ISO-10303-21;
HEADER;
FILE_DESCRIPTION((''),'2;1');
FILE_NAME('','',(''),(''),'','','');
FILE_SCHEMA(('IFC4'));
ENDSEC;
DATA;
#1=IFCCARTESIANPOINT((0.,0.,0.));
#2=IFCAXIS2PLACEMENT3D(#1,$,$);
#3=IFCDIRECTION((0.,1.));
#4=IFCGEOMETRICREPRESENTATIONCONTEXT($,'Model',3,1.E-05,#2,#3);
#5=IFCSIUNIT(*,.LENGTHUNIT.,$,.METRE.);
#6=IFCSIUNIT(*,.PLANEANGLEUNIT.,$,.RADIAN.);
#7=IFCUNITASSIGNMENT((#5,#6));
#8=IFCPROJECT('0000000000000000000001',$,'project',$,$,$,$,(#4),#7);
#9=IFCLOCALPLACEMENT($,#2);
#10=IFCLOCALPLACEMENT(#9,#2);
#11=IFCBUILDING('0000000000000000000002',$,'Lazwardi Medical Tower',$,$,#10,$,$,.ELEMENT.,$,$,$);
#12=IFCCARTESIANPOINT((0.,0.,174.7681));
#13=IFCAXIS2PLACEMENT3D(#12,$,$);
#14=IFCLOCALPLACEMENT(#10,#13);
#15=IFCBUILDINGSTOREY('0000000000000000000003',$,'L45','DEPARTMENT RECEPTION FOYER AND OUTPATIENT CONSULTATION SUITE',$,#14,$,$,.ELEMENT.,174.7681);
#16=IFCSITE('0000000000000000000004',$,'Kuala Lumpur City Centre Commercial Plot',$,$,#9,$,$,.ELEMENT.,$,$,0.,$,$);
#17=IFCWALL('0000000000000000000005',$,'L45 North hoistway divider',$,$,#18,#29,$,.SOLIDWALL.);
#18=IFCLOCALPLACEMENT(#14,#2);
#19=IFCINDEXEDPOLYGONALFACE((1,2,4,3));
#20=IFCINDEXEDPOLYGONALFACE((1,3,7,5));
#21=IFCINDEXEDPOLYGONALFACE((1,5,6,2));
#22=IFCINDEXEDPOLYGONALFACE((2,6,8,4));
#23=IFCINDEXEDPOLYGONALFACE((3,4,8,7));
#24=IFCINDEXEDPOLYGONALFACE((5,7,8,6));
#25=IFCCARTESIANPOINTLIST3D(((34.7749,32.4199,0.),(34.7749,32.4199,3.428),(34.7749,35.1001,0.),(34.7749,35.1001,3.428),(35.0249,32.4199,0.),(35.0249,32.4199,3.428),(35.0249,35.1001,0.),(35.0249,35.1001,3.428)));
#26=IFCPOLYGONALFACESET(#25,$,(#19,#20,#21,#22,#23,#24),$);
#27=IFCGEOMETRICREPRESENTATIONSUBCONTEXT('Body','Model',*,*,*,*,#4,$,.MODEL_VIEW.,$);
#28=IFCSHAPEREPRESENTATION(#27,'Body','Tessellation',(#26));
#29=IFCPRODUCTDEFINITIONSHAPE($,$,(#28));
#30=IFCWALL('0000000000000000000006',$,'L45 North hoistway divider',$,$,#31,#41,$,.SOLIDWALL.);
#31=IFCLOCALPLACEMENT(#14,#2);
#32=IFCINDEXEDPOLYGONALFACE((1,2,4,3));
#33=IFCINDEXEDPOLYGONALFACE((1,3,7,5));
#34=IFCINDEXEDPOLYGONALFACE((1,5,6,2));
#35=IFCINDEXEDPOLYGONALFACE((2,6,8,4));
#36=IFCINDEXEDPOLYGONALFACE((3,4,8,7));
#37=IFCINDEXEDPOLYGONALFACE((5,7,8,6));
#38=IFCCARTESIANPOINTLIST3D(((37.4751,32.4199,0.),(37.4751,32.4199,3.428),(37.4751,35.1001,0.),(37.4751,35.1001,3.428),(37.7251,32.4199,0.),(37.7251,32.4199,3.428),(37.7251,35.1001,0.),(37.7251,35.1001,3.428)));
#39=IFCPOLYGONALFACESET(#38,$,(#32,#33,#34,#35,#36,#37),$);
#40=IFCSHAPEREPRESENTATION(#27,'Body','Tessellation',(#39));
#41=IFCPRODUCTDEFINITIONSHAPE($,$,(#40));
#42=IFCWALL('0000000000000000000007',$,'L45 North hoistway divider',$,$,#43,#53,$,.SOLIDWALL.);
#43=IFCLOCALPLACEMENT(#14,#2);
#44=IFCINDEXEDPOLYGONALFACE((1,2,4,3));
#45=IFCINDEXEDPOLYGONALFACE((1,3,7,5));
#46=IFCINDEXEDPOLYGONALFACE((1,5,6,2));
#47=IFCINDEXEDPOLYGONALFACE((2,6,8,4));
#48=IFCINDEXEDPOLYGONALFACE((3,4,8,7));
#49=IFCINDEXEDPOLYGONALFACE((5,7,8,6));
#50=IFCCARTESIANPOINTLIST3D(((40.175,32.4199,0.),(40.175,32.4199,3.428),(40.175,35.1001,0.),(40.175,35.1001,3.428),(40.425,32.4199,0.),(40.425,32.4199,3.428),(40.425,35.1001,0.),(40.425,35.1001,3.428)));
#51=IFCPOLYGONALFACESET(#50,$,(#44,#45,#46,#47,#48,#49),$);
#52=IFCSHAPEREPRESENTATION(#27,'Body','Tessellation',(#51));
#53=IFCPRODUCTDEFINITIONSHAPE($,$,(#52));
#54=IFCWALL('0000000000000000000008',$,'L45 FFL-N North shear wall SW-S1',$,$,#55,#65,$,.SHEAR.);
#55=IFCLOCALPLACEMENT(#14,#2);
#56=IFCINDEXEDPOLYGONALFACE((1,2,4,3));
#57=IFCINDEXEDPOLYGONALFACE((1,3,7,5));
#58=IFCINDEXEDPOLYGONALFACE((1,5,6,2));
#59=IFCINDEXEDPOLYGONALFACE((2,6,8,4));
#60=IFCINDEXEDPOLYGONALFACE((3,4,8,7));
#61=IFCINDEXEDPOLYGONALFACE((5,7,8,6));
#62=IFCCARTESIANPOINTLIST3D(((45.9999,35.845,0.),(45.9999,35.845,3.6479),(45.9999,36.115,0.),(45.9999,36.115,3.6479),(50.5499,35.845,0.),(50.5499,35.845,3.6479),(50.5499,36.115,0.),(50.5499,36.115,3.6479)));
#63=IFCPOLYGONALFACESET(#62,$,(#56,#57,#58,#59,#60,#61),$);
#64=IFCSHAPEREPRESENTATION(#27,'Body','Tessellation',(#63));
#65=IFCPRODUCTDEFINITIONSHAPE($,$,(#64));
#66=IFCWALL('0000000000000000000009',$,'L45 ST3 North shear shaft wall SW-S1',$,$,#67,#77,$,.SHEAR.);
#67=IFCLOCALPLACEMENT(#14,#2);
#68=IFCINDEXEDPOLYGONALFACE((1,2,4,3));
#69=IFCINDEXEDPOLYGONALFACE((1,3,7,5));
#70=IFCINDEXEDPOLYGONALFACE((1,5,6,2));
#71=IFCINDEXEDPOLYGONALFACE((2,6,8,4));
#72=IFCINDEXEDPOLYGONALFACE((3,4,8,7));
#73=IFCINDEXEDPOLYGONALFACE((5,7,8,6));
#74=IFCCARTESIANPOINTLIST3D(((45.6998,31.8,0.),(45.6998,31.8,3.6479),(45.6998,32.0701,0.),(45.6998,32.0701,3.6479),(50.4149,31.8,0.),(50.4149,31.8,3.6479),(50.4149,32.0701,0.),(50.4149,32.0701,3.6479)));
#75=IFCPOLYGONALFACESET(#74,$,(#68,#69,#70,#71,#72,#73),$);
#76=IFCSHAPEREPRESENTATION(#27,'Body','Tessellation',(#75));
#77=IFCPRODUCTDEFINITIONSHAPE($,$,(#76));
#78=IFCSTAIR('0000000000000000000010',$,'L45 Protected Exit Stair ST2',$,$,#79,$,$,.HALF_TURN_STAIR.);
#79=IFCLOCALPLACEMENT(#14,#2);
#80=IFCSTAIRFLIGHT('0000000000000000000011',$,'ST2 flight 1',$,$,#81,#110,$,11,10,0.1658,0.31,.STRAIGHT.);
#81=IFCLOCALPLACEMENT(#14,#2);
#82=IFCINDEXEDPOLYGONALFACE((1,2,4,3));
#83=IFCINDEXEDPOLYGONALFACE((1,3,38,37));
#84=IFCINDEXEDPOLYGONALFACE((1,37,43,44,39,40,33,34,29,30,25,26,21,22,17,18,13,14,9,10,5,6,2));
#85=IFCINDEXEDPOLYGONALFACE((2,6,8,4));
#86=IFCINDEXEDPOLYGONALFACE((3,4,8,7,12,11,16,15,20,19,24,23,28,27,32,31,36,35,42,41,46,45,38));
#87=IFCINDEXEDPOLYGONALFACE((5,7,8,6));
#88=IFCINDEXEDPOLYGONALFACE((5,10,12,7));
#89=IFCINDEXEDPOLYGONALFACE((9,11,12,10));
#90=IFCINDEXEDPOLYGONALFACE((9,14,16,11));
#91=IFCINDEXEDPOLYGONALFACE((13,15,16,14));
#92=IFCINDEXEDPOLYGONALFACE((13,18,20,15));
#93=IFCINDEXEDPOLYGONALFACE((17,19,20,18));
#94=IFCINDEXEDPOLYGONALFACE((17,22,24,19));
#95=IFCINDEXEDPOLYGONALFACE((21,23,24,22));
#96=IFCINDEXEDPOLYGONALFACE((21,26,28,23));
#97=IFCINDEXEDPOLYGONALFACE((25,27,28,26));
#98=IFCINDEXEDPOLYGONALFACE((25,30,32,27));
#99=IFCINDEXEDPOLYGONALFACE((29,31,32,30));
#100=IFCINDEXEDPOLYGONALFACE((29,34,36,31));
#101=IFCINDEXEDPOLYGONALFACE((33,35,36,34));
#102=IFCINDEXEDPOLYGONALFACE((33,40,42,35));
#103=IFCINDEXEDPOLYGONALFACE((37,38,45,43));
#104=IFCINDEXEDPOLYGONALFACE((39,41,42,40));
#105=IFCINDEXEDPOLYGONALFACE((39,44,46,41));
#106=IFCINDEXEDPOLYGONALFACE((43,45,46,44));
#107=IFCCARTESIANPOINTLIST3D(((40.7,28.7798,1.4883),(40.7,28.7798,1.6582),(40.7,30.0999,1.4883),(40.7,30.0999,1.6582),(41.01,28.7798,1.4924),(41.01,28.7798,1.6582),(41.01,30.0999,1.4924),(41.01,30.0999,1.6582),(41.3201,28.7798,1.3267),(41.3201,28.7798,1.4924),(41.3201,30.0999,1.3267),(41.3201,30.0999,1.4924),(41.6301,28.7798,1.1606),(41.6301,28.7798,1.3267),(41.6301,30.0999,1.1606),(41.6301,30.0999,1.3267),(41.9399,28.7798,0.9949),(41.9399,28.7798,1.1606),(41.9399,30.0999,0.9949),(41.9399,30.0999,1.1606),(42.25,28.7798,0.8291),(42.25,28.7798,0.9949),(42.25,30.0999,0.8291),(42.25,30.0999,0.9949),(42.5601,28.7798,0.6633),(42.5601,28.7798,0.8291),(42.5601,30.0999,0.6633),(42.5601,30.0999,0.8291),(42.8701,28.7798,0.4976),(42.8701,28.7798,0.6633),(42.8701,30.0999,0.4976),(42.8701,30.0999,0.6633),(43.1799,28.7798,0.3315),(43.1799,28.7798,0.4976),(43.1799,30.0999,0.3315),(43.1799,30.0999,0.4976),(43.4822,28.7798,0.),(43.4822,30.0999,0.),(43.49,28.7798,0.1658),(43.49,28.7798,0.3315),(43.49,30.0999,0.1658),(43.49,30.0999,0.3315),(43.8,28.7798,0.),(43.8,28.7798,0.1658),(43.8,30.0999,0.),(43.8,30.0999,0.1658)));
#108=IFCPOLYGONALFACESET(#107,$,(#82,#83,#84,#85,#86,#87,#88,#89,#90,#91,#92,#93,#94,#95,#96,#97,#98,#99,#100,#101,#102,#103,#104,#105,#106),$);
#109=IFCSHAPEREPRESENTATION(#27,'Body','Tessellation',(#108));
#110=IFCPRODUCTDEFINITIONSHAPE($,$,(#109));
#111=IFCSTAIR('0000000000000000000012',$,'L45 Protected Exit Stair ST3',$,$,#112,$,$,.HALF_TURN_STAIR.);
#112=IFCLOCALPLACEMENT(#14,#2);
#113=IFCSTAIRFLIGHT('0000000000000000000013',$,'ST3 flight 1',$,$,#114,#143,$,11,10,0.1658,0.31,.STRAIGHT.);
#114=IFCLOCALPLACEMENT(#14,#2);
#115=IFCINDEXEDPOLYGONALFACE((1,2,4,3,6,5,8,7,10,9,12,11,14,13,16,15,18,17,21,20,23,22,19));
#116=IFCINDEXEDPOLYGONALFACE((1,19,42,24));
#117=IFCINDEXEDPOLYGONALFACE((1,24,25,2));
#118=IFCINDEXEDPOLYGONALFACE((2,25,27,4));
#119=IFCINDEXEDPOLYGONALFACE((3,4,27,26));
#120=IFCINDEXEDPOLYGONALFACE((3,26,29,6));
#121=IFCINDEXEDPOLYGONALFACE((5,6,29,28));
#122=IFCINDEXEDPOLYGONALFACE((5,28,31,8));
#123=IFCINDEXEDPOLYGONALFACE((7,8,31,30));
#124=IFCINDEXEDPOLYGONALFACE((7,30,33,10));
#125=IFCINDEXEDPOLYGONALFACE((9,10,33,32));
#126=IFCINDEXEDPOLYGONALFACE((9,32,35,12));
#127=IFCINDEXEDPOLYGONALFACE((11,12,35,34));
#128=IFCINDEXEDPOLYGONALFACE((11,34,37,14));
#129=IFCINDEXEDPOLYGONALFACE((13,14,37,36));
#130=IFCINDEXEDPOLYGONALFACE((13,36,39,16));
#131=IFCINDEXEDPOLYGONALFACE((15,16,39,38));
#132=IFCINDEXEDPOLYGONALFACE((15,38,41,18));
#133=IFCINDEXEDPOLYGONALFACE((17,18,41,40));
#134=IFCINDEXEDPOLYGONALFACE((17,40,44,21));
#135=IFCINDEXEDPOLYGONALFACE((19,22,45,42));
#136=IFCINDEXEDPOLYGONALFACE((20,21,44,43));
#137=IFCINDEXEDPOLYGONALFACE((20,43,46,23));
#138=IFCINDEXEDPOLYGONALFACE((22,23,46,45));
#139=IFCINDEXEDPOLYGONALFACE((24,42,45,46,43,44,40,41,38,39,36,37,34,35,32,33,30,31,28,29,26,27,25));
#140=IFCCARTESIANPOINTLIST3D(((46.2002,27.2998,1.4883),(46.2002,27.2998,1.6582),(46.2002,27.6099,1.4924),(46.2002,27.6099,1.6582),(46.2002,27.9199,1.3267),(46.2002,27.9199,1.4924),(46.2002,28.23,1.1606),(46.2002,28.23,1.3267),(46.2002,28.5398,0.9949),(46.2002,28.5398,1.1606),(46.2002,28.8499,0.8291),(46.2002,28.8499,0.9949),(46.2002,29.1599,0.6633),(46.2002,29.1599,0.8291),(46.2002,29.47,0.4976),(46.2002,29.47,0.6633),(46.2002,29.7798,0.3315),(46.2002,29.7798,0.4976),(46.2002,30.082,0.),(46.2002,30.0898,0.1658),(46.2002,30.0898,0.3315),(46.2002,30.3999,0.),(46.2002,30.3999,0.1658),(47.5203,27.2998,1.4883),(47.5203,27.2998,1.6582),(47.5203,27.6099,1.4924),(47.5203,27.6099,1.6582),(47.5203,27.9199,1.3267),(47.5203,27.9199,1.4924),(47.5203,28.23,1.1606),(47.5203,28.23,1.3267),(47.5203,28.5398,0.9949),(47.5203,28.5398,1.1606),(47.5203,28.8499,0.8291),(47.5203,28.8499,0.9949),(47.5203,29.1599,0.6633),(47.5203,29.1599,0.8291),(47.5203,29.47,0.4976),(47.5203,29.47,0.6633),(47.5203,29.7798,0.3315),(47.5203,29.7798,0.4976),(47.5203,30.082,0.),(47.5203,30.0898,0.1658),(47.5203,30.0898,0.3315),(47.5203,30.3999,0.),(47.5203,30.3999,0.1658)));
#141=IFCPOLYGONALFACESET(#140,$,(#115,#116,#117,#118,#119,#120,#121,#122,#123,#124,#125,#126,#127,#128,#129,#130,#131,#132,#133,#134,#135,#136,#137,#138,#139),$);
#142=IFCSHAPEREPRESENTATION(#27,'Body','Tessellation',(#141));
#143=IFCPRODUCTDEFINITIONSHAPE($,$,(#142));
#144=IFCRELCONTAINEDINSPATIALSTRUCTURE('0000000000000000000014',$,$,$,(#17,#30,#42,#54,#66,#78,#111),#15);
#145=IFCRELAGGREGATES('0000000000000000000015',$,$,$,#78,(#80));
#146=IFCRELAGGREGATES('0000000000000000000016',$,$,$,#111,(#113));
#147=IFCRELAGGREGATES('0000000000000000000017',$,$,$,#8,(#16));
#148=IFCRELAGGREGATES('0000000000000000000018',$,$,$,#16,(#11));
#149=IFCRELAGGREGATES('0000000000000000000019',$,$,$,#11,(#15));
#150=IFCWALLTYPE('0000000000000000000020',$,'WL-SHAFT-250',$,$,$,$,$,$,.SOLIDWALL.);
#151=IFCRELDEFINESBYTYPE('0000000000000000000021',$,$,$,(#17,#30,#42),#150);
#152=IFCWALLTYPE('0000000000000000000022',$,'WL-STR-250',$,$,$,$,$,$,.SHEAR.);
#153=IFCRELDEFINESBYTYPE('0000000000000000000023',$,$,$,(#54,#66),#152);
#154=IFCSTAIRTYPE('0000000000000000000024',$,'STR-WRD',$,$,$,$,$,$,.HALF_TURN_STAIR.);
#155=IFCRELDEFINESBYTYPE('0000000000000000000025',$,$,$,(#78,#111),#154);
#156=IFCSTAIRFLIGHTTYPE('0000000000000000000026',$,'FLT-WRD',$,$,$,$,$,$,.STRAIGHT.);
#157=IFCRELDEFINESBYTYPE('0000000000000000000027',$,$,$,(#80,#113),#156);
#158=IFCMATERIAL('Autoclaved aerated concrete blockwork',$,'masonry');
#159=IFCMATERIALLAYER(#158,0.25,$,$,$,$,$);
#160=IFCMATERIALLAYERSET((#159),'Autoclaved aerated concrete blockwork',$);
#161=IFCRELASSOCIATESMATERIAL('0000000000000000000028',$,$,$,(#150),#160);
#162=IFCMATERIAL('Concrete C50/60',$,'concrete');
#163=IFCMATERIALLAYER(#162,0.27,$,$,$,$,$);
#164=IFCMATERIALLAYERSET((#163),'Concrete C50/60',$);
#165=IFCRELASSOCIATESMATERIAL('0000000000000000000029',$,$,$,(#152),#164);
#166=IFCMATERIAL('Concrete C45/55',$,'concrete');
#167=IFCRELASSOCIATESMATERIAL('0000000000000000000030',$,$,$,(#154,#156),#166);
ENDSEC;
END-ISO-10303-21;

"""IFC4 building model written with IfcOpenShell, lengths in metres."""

from ifc_helpers import new_model, si_unit, direction, frame, frame_2d, origin, place, context, subcontext, project, spatial, polyline, rectangle, outline, extrude, material, layer, layer_set, type_object, element, aggregate, save


model = new_model("IFC4")

# Units and contexts
model_context = context("Model", 3, precision=1e-05, world=origin(), true_north=direction((0.0, 1.0)))
body_context = subcontext(model_context, "Body", "Model", "MODEL_VIEW")
ifc_project = project(units=[si_unit("LENGTHUNIT", "METRE"), si_unit("PLANEANGLEUNIT", "RADIAN")], contexts=[model_context])

# Site, building, storey
site_placement = place(None, origin())
site = spatial("IfcSite", under=ifc_project, at=site_placement, Name="Kuala Lumpur City Centre Commercial Plot", CompositionType="ELEMENT", RefElevation=0.0)
building_placement = place(site_placement, origin())
building = spatial("IfcBuilding", under=site, at=building_placement, Name="Lazwardi Medical Tower", CompositionType="ELEMENT")
storey_placement = place(building_placement, frame((0.0, 0.0, 174.7681)))
storey = spatial("IfcBuildingStorey", under=building, at=storey_placement, Name="L45", Description="DEPARTMENT RECEPTION FOYER AND OUTPATIENT CONSULTATION SUITE", CompositionType="ELEMENT", Elevation=174.7681)

# Walls
ifc_material_1 = material(Name="Autoclaved aerated concrete blockwork", Category="masonry")
ifc_layer_1 = layer(ifc_material_1, 0.25)
ifc_layer_set_1 = layer_set([ifc_layer_1], Name="Autoclaved aerated concrete blockwork")
wall_type_1 = type_object("IfcWallType", Name="WL-SHAFT-250", PredefinedType="SOLIDWALL", material=ifc_layer_set_1)
for number, where, z_axis, x_axis, name in (
    (1, (34.8999, 32.4199, 0.0), (0.0, 0.0, 1.0), (0.0, 1.0, 0.0), "L45 North hoistway divider"),
    (2, (37.6001, 32.4199, 0.0), (0.0, 0.0, 1.0), (0.0, 1.0, 0.0), "L45 North hoistway divider"),
    (3, (40.3, 32.4199, 0.0), (0.0, 0.0, 1.0), (0.0, 1.0, 0.0), "L45 North hoistway divider"),
):
    element("IfcWall", number, at=place(storey_placement, frame(where, z_axis=z_axis, x_axis=x_axis)), inside=storey, type_object=wall_type_1, Name=name, PredefinedType="SOLIDWALL", context=body_context, shape_type="SweptSolid", body=[
        extrude(rectangle(XDim=2.6802, YDim=0.25, at=frame_2d((1.3401, 0.0))), origin(), (0.0, 0.0, 1.0), 3.428),
    ])

# Shared definitions
ifc_material_2 = material(Name="Concrete C50/60", Category="concrete")
ifc_layer_2 = layer(ifc_material_2, 0.27)
ifc_layer_set_2 = layer_set([ifc_layer_2], Name="Concrete C50/60")
wall_type_2 = type_object("IfcWallType", Name="WL-STR-250", PredefinedType="SHEAR", material=ifc_layer_set_2)

# Walls
wall_1_placement = place(storey_placement, frame((46.0, 35.98, 0.0), z_axis=(0.0, 0.0, 1.0), x_axis=(1.0, 0.0, 0.0)))
element("IfcWall", 4, at=wall_1_placement, inside=storey, type_object=wall_type_2, Name="L45 FFL-N North shear wall SW-S1", PredefinedType="SHEAR", context=body_context, shape_type="SweptSolid", body=[
    extrude(rectangle(XDim=4.55, YDim=0.27, at=frame_2d((2.2749, 0.0))), origin(), (0.0, 0.0, 1.0), 3.6479),
])
wall_2_placement = place(storey_placement, frame((45.7, 31.9351, 0.0), z_axis=(0.0, 0.0, 1.0), x_axis=(1.0, 0.0, 0.0)))
element("IfcWall", 5, at=wall_2_placement, inside=storey, type_object=wall_type_2, Name="L45 ST3 North shear shaft wall SW-S1", PredefinedType="SHEAR", context=body_context, shape_type="SweptSolid", body=[
    extrude(rectangle(XDim=4.7151, YDim=0.27, at=frame_2d((2.3574, 0.0))), origin(), (0.0, 0.0, 1.0), 3.6479),
])

# Stairs, stair flights
ifc_material_3 = material(Name="Concrete C45/55", Category="concrete")
stair_type = type_object("IfcStairType", Name="STR-WRD", PredefinedType="HALF_TURN_STAIR", material=ifc_material_3)
stair_1_placement = place(storey_placement, origin())
stair_1 = element("IfcStair", 6, at=stair_1_placement, inside=storey, type_object=stair_type, Name="L45 Protected Exit Stair ST2", PredefinedType="HALF_TURN_STAIR")
stair_flight_type = type_object("IfcStairFlightType", Name="FLT-WRD", PredefinedType="STRAIGHT", material=ifc_material_3)
stair_flight_1_placement = place(storey_placement, frame((43.8, 29.4399, 0.0), z_axis=(0.0, 0.0, 1.0), x_axis=(-1.0, 0.0, 0.0)))
stair_flight_1 = element("IfcStairFlight", 7, at=stair_flight_1_placement, type_object=stair_flight_type, Name="ST2 flight 1", NumberOfRisers=11, NumberOfTreads=10, PredefinedType="STRAIGHT", RiserHeight=0.1658, TreadLength=0.31, context=body_context, shape_type="SweptSolid", body=[
    extrude(outline(polyline([(0.0, 0.0), (0.0, 0.1658), (0.3101, 0.1658), (0.3101, 0.3315), (0.6201, 0.3315), (0.6201, 0.4976), (0.9299, 0.4976), (0.9299, 0.6633), (1.24, 0.6633), (1.24, 0.8291), (1.55, 0.8291), (1.55, 0.9949), (1.8601, 0.9949), (1.8601, 1.1606), (2.1699, 1.1606), (2.1699, 1.3267), (2.48, 1.3267), (2.48, 1.4924), (2.79, 1.4924), (2.79, 1.6582), (3.1001, 1.6582), (3.1001, 1.824), (3.1001, 1.4883), (0.3179, 0.0), (0.0, 0.0)])), frame((0.0, 0.6602, 0.0), z_axis=(0.0, -1.0, 0.0), x_axis=(1.0, 0.0, 0.0)), (0.0, 0.0, 1.0), 1.3201),
])
aggregate(stair_1, [stair_flight_1])
stair_2_placement = place(storey_placement, origin())
stair_2 = element("IfcStair", 8, at=stair_2_placement, inside=storey, type_object=stair_type, Name="L45 Protected Exit Stair ST3", PredefinedType="HALF_TURN_STAIR")
stair_flight_2_placement = place(storey_placement, frame((46.8601, 30.3999, 0.0), z_axis=(0.0, 0.0, 1.0), x_axis=(0.0, -1.0, 0.0)))
stair_flight_2 = element("IfcStairFlight", 9, at=stair_flight_2_placement, type_object=stair_flight_type, Name="ST3 flight 1", NumberOfRisers=11, NumberOfTreads=10, PredefinedType="STRAIGHT", RiserHeight=0.1658, TreadLength=0.31, context=body_context, shape_type="SweptSolid", body=[
    extrude(outline(polyline([(0.0, 0.0), (0.0, 0.1658), (0.3101, 0.1658), (0.3101, 0.3315), (0.6201, 0.3315), (0.6201, 0.4976), (0.9299, 0.4976), (0.9299, 0.6633), (1.24, 0.6633), (1.24, 0.8291), (1.55, 0.8291), (1.55, 0.9949), (1.8601, 0.9949), (1.8601, 1.1606), (2.1699, 1.1606), (2.1699, 1.3267), (2.48, 1.3267), (2.48, 1.4924), (2.79, 1.4924), (2.79, 1.6582), (3.1001, 1.6582), (3.1001, 1.824), (3.1001, 1.4883), (0.3179, 0.0), (0.0, 0.0)])), frame((0.0, 0.6602, 0.0), z_axis=(0.0, -1.0, 0.0), x_axis=(1.0, 0.0, 0.0)), (0.0, 0.0, 1.0), 1.3201),
])
aggregate(stair_2, [stair_flight_2])

save(model, "model.ifc")
